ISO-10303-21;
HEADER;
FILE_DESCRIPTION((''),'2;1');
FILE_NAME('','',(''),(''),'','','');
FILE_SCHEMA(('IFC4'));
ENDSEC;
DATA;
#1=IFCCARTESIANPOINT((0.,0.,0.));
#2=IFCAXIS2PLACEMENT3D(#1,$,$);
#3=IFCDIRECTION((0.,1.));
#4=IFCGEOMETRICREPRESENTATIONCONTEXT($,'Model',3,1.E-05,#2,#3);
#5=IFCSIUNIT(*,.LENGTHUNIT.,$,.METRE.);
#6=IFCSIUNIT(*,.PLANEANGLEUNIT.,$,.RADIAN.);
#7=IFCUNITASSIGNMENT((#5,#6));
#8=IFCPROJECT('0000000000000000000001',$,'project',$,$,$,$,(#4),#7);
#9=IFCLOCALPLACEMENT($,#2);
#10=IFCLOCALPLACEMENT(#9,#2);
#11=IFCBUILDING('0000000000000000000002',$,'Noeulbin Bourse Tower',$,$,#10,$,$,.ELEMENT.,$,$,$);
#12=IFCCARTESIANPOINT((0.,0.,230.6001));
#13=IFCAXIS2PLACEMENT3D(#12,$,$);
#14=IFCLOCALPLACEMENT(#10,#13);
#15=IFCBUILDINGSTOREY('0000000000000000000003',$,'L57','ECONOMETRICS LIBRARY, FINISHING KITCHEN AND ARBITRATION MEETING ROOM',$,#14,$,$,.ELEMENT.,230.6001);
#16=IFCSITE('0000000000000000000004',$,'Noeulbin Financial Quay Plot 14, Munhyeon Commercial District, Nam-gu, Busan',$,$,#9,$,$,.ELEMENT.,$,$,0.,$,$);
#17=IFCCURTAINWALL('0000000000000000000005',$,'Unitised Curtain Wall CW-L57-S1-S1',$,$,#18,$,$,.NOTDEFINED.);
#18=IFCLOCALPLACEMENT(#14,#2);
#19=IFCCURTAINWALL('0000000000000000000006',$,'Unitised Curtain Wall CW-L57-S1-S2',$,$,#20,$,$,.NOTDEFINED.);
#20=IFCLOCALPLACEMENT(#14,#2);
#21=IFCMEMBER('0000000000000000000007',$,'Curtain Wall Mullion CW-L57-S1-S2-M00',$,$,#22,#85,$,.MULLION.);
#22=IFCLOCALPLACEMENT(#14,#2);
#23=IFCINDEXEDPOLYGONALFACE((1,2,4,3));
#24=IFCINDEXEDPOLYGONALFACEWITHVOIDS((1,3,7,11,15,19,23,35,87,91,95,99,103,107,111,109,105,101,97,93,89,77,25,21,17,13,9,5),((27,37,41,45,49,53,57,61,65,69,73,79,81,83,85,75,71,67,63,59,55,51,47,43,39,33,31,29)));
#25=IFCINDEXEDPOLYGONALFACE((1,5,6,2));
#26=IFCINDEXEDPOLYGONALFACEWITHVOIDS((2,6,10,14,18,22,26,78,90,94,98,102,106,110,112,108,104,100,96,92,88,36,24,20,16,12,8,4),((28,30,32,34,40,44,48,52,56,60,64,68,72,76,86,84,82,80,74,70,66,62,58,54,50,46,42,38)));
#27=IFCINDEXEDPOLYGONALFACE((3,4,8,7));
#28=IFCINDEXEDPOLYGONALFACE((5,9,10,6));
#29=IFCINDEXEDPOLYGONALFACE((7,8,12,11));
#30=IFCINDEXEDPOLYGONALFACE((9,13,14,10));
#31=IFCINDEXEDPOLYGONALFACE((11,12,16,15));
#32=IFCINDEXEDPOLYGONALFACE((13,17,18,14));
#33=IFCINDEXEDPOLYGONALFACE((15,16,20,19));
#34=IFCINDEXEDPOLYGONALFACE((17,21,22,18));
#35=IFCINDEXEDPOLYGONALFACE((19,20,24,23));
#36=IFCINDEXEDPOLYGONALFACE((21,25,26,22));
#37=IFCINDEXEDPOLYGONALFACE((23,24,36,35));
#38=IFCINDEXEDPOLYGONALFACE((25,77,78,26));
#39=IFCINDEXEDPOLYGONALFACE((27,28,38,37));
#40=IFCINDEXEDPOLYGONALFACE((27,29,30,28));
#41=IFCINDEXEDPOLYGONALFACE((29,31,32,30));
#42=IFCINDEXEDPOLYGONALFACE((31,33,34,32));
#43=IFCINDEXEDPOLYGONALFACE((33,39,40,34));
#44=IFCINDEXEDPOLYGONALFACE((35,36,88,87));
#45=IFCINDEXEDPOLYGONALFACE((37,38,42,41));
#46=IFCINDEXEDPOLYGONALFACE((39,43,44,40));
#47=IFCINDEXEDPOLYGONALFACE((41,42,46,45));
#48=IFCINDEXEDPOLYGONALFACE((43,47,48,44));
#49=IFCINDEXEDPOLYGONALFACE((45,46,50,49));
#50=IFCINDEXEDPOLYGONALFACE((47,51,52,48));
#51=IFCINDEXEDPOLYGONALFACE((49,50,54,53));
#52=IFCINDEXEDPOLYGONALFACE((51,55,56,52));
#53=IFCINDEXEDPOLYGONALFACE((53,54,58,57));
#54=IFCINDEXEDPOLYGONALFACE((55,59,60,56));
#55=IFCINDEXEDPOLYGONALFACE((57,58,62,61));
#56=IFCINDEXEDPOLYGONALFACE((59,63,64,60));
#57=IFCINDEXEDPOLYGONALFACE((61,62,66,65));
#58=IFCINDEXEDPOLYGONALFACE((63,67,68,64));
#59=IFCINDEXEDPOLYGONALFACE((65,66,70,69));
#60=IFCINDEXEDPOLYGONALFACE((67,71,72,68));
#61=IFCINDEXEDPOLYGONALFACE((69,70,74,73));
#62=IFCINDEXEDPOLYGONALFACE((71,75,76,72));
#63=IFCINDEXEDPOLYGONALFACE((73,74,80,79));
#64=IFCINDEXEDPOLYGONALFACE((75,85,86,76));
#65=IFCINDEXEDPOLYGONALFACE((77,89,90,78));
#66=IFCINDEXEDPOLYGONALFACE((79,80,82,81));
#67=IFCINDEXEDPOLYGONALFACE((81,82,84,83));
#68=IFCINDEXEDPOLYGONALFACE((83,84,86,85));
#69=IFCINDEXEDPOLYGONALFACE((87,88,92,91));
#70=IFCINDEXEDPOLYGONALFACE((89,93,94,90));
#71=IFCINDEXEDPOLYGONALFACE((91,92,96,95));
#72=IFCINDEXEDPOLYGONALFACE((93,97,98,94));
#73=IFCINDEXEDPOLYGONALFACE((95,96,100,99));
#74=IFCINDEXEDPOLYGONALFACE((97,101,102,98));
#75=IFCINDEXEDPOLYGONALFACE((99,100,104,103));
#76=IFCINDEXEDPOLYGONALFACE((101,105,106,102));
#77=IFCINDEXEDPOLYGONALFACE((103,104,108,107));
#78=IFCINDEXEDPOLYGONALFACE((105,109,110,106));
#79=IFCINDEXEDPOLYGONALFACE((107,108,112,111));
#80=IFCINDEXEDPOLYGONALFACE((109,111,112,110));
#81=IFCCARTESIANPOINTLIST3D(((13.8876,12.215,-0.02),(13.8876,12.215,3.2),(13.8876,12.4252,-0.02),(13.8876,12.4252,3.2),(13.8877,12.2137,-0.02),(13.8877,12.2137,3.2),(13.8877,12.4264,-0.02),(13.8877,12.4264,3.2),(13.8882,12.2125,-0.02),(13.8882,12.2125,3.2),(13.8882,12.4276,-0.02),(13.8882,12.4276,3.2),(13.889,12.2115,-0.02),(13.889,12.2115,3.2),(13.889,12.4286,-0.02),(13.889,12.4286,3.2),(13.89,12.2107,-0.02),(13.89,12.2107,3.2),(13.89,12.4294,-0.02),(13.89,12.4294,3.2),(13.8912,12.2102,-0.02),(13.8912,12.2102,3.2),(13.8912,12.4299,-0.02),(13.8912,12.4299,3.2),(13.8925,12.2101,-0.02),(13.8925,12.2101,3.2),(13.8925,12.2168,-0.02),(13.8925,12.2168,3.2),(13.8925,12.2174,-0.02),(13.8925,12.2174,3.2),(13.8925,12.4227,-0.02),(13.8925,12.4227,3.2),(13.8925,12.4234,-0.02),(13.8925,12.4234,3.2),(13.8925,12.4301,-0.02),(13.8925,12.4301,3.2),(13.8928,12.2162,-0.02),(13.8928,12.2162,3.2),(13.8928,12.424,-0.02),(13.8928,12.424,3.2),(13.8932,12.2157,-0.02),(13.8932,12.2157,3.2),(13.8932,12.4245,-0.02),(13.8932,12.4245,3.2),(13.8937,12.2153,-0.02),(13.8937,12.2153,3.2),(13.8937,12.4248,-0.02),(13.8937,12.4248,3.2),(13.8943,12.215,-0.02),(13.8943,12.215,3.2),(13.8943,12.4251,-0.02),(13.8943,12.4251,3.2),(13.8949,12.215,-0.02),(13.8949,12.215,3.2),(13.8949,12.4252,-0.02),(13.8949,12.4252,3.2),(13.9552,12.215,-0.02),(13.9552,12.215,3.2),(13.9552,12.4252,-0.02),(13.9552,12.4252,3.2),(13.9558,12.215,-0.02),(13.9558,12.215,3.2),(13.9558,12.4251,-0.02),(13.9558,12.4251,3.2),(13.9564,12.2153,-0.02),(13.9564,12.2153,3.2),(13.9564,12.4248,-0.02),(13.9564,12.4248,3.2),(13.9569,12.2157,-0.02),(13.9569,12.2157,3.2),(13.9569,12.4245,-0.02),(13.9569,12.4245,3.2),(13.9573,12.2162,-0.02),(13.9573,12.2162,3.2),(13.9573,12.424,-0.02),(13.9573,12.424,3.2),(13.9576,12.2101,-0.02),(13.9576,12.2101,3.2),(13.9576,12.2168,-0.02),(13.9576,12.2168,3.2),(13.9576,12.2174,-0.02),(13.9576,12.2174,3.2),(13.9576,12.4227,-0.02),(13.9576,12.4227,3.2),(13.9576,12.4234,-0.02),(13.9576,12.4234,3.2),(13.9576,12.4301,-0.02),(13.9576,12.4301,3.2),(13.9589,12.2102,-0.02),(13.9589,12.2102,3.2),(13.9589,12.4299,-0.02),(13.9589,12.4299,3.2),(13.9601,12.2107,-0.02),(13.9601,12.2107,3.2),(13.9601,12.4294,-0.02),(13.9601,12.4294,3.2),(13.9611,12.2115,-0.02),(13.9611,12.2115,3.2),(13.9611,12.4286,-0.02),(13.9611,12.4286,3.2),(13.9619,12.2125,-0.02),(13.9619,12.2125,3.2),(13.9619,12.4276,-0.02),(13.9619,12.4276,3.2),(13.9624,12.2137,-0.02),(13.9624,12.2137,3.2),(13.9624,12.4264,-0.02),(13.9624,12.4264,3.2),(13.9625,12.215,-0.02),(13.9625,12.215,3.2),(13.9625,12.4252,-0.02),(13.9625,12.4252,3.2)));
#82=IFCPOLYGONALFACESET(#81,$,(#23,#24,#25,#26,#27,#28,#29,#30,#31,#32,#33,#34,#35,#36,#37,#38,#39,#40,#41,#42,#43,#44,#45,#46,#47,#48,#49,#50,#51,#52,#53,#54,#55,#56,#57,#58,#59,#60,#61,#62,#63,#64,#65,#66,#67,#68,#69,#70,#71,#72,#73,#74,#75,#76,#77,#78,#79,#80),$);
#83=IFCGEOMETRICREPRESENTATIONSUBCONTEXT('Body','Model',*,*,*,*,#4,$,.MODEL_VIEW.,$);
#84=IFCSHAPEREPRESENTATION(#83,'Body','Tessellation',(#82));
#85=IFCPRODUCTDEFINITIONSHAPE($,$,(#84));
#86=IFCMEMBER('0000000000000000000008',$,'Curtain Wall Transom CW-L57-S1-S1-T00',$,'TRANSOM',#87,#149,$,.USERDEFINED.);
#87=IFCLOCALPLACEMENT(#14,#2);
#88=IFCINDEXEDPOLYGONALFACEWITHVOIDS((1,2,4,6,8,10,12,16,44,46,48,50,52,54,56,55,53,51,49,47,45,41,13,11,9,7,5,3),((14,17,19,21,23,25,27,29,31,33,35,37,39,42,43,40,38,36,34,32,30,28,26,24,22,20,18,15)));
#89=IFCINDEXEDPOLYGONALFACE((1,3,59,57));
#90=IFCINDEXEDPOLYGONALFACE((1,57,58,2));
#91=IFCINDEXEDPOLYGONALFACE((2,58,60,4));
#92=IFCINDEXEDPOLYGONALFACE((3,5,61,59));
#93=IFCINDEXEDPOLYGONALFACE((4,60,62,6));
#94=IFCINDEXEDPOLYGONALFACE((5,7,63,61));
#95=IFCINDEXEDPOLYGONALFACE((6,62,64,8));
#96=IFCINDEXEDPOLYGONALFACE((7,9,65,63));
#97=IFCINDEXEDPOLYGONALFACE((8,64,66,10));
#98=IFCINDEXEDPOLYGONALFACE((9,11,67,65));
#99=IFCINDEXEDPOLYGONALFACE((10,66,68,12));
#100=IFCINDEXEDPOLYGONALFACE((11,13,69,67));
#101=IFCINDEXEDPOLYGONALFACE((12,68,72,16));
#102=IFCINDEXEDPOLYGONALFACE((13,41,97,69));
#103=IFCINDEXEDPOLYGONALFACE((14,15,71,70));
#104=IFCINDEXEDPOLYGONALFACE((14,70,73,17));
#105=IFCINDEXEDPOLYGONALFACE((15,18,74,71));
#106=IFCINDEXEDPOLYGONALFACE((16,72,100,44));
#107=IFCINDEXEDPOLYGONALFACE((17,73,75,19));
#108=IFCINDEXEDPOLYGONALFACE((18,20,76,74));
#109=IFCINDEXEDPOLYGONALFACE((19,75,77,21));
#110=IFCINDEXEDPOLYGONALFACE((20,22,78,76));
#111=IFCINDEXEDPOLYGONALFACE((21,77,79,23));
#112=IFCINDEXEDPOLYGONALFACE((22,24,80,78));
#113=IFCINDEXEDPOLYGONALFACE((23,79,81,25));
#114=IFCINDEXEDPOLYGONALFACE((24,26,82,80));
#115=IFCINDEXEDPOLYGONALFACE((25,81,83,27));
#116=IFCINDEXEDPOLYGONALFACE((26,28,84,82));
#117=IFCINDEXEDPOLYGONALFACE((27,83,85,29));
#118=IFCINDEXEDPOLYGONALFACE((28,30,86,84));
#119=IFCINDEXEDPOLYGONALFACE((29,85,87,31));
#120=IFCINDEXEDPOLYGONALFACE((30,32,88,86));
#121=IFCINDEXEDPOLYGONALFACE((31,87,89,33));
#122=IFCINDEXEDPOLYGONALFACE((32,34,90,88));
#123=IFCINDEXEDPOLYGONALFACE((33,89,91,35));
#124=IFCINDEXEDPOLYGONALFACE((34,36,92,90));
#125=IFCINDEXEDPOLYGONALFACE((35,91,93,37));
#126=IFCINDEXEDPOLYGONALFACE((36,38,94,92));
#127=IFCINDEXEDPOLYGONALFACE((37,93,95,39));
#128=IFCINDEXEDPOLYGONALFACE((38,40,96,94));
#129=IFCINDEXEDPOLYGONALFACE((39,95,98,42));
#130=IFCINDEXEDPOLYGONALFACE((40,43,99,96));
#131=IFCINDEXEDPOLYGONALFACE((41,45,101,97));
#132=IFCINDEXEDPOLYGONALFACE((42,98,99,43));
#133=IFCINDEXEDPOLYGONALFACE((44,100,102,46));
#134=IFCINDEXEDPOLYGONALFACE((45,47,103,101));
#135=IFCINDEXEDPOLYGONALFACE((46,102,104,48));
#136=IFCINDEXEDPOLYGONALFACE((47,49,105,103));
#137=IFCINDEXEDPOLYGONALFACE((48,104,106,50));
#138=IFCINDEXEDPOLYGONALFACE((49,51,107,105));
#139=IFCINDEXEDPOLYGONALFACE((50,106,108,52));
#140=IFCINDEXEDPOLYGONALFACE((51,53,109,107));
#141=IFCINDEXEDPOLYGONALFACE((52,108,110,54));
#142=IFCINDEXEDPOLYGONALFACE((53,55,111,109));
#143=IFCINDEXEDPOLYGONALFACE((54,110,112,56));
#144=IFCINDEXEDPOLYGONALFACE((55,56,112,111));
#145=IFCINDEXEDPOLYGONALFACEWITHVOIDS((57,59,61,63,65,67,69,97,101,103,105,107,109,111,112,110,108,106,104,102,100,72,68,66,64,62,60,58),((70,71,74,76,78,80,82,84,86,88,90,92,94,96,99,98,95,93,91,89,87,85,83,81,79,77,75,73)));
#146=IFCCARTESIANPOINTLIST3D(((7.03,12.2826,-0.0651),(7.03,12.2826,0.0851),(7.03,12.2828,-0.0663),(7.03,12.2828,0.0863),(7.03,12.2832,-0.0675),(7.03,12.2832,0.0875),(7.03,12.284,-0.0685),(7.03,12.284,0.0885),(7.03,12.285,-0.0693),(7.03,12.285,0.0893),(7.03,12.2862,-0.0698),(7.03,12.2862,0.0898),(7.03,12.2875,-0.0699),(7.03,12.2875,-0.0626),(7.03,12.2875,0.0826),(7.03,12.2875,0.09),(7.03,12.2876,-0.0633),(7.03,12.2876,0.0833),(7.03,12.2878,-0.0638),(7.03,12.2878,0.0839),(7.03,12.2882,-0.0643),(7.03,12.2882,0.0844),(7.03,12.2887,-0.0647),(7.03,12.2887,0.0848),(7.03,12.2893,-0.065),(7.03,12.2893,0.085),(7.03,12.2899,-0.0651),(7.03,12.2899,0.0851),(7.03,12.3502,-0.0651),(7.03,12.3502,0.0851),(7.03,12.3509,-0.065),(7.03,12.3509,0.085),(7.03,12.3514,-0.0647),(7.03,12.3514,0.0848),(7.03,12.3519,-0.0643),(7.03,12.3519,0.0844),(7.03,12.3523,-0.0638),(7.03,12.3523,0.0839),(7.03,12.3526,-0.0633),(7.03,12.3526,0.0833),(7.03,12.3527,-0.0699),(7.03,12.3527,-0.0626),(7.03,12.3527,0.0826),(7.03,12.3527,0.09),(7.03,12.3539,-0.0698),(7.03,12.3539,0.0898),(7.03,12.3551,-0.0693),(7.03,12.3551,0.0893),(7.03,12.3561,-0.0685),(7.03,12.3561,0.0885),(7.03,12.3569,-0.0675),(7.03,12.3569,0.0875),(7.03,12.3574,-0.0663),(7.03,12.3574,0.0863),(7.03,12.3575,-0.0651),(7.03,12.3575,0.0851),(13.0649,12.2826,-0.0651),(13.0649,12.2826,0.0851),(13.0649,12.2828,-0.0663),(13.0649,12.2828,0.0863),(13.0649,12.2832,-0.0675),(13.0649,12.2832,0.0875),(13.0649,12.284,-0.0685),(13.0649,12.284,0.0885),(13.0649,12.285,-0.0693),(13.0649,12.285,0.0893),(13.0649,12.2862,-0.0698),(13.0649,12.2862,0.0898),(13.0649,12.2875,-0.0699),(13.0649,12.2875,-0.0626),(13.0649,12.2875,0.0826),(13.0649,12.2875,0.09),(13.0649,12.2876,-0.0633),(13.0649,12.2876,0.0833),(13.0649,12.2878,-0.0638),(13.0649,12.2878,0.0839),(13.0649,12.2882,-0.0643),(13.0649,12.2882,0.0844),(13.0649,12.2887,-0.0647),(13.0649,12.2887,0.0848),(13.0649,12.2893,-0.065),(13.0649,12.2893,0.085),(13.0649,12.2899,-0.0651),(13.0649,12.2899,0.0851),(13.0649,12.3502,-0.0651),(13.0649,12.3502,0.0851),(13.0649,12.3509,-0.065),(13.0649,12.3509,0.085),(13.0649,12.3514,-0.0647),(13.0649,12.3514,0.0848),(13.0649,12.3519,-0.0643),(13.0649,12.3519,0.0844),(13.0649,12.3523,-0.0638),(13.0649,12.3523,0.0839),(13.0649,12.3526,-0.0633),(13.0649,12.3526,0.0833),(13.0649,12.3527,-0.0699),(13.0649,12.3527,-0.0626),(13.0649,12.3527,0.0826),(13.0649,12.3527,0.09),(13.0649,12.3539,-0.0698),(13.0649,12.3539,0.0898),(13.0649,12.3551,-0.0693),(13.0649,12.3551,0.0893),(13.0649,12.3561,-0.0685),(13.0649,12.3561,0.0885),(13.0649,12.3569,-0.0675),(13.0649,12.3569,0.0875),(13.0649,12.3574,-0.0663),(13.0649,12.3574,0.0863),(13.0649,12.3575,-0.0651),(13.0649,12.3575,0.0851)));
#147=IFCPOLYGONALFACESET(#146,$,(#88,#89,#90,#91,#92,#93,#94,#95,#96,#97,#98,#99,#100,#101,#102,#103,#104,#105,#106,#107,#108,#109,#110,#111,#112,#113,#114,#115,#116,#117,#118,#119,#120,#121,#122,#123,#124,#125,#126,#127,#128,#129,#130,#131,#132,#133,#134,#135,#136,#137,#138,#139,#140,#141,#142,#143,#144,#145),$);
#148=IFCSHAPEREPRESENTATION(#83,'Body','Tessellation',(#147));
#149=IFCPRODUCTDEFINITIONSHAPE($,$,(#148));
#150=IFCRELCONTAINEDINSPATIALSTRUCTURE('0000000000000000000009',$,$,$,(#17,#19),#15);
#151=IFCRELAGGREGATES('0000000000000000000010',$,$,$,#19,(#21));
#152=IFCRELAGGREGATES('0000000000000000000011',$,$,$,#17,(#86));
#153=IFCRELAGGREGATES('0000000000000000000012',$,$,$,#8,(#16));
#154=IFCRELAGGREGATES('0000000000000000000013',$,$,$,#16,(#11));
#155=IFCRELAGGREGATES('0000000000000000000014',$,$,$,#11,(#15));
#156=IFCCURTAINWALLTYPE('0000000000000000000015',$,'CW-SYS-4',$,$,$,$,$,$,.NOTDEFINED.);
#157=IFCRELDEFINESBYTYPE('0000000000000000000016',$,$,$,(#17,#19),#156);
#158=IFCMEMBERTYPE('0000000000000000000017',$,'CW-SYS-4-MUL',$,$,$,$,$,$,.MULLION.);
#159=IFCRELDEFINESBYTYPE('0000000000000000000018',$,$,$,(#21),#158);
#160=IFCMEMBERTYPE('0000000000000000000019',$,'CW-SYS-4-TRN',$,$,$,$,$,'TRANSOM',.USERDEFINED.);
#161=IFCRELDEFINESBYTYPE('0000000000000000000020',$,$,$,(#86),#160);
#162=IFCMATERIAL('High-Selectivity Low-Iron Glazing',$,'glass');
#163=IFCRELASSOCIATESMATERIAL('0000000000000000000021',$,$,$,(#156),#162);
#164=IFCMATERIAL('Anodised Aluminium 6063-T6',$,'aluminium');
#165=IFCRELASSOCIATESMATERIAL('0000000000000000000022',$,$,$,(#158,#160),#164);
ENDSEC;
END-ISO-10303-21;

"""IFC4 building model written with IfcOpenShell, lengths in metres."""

from ifc_helpers import new_model, si_unit, direction, frame, origin, origin_2d, place, context, subcontext, project, spatial, hollow_rectangle, extrude, material, material_profile, profile_set, type_object, element, aggregate, save


model = new_model("IFC4")

# Units and contexts
model_context = context("Model", 3, precision=1e-05, world=origin(), true_north=direction((0.0, 1.0)))
body_context = subcontext(model_context, "Body", "Model", "MODEL_VIEW")
ifc_project = project(units=[si_unit("LENGTHUNIT", "METRE"), si_unit("PLANEANGLEUNIT", "RADIAN")], contexts=[model_context])

# Site, building, storey
site_placement = place(None, origin())
site = spatial("IfcSite", under=ifc_project, at=site_placement, Name="Noeulbin Financial Quay Plot 14, Munhyeon Commercial District, Nam-gu, Busan", CompositionType="ELEMENT", RefElevation=0.0)
building_placement = place(site_placement, origin())
building = spatial("IfcBuilding", under=site, at=building_placement, Name="Noeulbin Bourse Tower", CompositionType="ELEMENT")
storey_placement = place(building_placement, frame((0.0, 0.0, 230.6001)))
storey = spatial("IfcBuildingStorey", under=building, at=storey_placement, Name="L57", Description="ECONOMETRICS LIBRARY, FINISHING KITCHEN AND ARBITRATION MEETING ROOM", CompositionType="ELEMENT", Elevation=230.6001)

# Curtain wall
ifc_material_1 = material(Name="High-Selectivity Low-Iron Glazing", Category="glass")
curtain_wall_type = type_object("IfcCurtainWallType", Name="CW-SYS-4", PredefinedType="NOTDEFINED", material=ifc_material_1)
curtain_wall_1_placement = place(storey_placement, origin())
curtain_wall_1 = element("IfcCurtainWall", 1, at=curtain_wall_1_placement, inside=storey, type_object=curtain_wall_type, Name="Unitised Curtain Wall CW-L57-S1-S1", PredefinedType="NOTDEFINED")
ifc_material_2 = material(Name="Anodised Aluminium 6063-T6", Category="aluminium")
ifc_material_profile_1 = material_profile(ifc_material_2, hollow_rectangle(XDim=0.075, YDim=0.22, WallThickness=0.0049, InnerFilletRadius=0.0024, OuterFilletRadius=0.0049, at=origin_2d()), Name="ALU-MULL-75x220x5", Category="LoadBearing")
ifc_profile_set_1 = profile_set([ifc_material_profile_1], Name="Anodised Aluminium 6063-T6")
member_type_1 = type_object("IfcMemberType", Name="CW-SYS-4-MUL", PredefinedType="MULLION", material=ifc_profile_set_1)

# Curtain wall, member
curtain_wall_2_placement = place(storey_placement, origin())
curtain_wall_2 = element("IfcCurtainWall", 2, at=curtain_wall_2_placement, inside=storey, type_object=curtain_wall_type, Name="Unitised Curtain Wall CW-L57-S1-S2", PredefinedType="NOTDEFINED")
member_1_placement = place(storey_placement, frame((13.925, 12.3201, -0.02), z_axis=(0.0, 0.0, 1.0), x_axis=(1.0, 0.0, 0.0)))
member_1 = element("IfcMember", 3, at=member_1_placement, type_object=member_type_1, Name="Curtain Wall Mullion CW-L57-S1-S2-M00", PredefinedType="MULLION", context=body_context, shape_type="SweptSolid", body=[
    extrude(hollow_rectangle(XDim=0.075, YDim=0.22, WallThickness=0.0049, InnerFilletRadius=0.0024, OuterFilletRadius=0.0049, at=origin_2d()), origin(), (0.0, 0.0, 1.0), 3.22),
])

# Member
ifc_material_profile_2 = material_profile(ifc_material_2, hollow_rectangle(XDim=0.075, YDim=0.1599, WallThickness=0.0049, InnerFilletRadius=0.0024, OuterFilletRadius=0.0049, at=origin_2d()), Name="ALU-TRAN-75x160x5", Category="LoadBearing")
ifc_profile_set_2 = profile_set([ifc_material_profile_2], Name="Anodised Aluminium 6063-T6")
member_type_2 = type_object("IfcMemberType", Name="CW-SYS-4-TRN", ElementType="TRANSOM", PredefinedType="USERDEFINED", material=ifc_profile_set_2)
member_2_placement = place(storey_placement, frame((7.03, 12.3201, 0.01), z_axis=(1.0, 0.0, 0.0), x_axis=(0.0, 1.0, 0.0)))
member_2 = element("IfcMember", 4, at=member_2_placement, type_object=member_type_2, Name="Curtain Wall Transom CW-L57-S1-S1-T00", ObjectType="TRANSOM", PredefinedType="USERDEFINED", context=body_context, shape_type="SweptSolid", body=[
    extrude(hollow_rectangle(XDim=0.075, YDim=0.1599, WallThickness=0.0049, InnerFilletRadius=0.0024, OuterFilletRadius=0.0049, at=origin_2d()), origin(), (0.0, 0.0, 1.0), 6.0349),
])
aggregate(curtain_wall_2, [member_1])

aggregate(curtain_wall_1, [member_2])

save(model, "model.ifc")
